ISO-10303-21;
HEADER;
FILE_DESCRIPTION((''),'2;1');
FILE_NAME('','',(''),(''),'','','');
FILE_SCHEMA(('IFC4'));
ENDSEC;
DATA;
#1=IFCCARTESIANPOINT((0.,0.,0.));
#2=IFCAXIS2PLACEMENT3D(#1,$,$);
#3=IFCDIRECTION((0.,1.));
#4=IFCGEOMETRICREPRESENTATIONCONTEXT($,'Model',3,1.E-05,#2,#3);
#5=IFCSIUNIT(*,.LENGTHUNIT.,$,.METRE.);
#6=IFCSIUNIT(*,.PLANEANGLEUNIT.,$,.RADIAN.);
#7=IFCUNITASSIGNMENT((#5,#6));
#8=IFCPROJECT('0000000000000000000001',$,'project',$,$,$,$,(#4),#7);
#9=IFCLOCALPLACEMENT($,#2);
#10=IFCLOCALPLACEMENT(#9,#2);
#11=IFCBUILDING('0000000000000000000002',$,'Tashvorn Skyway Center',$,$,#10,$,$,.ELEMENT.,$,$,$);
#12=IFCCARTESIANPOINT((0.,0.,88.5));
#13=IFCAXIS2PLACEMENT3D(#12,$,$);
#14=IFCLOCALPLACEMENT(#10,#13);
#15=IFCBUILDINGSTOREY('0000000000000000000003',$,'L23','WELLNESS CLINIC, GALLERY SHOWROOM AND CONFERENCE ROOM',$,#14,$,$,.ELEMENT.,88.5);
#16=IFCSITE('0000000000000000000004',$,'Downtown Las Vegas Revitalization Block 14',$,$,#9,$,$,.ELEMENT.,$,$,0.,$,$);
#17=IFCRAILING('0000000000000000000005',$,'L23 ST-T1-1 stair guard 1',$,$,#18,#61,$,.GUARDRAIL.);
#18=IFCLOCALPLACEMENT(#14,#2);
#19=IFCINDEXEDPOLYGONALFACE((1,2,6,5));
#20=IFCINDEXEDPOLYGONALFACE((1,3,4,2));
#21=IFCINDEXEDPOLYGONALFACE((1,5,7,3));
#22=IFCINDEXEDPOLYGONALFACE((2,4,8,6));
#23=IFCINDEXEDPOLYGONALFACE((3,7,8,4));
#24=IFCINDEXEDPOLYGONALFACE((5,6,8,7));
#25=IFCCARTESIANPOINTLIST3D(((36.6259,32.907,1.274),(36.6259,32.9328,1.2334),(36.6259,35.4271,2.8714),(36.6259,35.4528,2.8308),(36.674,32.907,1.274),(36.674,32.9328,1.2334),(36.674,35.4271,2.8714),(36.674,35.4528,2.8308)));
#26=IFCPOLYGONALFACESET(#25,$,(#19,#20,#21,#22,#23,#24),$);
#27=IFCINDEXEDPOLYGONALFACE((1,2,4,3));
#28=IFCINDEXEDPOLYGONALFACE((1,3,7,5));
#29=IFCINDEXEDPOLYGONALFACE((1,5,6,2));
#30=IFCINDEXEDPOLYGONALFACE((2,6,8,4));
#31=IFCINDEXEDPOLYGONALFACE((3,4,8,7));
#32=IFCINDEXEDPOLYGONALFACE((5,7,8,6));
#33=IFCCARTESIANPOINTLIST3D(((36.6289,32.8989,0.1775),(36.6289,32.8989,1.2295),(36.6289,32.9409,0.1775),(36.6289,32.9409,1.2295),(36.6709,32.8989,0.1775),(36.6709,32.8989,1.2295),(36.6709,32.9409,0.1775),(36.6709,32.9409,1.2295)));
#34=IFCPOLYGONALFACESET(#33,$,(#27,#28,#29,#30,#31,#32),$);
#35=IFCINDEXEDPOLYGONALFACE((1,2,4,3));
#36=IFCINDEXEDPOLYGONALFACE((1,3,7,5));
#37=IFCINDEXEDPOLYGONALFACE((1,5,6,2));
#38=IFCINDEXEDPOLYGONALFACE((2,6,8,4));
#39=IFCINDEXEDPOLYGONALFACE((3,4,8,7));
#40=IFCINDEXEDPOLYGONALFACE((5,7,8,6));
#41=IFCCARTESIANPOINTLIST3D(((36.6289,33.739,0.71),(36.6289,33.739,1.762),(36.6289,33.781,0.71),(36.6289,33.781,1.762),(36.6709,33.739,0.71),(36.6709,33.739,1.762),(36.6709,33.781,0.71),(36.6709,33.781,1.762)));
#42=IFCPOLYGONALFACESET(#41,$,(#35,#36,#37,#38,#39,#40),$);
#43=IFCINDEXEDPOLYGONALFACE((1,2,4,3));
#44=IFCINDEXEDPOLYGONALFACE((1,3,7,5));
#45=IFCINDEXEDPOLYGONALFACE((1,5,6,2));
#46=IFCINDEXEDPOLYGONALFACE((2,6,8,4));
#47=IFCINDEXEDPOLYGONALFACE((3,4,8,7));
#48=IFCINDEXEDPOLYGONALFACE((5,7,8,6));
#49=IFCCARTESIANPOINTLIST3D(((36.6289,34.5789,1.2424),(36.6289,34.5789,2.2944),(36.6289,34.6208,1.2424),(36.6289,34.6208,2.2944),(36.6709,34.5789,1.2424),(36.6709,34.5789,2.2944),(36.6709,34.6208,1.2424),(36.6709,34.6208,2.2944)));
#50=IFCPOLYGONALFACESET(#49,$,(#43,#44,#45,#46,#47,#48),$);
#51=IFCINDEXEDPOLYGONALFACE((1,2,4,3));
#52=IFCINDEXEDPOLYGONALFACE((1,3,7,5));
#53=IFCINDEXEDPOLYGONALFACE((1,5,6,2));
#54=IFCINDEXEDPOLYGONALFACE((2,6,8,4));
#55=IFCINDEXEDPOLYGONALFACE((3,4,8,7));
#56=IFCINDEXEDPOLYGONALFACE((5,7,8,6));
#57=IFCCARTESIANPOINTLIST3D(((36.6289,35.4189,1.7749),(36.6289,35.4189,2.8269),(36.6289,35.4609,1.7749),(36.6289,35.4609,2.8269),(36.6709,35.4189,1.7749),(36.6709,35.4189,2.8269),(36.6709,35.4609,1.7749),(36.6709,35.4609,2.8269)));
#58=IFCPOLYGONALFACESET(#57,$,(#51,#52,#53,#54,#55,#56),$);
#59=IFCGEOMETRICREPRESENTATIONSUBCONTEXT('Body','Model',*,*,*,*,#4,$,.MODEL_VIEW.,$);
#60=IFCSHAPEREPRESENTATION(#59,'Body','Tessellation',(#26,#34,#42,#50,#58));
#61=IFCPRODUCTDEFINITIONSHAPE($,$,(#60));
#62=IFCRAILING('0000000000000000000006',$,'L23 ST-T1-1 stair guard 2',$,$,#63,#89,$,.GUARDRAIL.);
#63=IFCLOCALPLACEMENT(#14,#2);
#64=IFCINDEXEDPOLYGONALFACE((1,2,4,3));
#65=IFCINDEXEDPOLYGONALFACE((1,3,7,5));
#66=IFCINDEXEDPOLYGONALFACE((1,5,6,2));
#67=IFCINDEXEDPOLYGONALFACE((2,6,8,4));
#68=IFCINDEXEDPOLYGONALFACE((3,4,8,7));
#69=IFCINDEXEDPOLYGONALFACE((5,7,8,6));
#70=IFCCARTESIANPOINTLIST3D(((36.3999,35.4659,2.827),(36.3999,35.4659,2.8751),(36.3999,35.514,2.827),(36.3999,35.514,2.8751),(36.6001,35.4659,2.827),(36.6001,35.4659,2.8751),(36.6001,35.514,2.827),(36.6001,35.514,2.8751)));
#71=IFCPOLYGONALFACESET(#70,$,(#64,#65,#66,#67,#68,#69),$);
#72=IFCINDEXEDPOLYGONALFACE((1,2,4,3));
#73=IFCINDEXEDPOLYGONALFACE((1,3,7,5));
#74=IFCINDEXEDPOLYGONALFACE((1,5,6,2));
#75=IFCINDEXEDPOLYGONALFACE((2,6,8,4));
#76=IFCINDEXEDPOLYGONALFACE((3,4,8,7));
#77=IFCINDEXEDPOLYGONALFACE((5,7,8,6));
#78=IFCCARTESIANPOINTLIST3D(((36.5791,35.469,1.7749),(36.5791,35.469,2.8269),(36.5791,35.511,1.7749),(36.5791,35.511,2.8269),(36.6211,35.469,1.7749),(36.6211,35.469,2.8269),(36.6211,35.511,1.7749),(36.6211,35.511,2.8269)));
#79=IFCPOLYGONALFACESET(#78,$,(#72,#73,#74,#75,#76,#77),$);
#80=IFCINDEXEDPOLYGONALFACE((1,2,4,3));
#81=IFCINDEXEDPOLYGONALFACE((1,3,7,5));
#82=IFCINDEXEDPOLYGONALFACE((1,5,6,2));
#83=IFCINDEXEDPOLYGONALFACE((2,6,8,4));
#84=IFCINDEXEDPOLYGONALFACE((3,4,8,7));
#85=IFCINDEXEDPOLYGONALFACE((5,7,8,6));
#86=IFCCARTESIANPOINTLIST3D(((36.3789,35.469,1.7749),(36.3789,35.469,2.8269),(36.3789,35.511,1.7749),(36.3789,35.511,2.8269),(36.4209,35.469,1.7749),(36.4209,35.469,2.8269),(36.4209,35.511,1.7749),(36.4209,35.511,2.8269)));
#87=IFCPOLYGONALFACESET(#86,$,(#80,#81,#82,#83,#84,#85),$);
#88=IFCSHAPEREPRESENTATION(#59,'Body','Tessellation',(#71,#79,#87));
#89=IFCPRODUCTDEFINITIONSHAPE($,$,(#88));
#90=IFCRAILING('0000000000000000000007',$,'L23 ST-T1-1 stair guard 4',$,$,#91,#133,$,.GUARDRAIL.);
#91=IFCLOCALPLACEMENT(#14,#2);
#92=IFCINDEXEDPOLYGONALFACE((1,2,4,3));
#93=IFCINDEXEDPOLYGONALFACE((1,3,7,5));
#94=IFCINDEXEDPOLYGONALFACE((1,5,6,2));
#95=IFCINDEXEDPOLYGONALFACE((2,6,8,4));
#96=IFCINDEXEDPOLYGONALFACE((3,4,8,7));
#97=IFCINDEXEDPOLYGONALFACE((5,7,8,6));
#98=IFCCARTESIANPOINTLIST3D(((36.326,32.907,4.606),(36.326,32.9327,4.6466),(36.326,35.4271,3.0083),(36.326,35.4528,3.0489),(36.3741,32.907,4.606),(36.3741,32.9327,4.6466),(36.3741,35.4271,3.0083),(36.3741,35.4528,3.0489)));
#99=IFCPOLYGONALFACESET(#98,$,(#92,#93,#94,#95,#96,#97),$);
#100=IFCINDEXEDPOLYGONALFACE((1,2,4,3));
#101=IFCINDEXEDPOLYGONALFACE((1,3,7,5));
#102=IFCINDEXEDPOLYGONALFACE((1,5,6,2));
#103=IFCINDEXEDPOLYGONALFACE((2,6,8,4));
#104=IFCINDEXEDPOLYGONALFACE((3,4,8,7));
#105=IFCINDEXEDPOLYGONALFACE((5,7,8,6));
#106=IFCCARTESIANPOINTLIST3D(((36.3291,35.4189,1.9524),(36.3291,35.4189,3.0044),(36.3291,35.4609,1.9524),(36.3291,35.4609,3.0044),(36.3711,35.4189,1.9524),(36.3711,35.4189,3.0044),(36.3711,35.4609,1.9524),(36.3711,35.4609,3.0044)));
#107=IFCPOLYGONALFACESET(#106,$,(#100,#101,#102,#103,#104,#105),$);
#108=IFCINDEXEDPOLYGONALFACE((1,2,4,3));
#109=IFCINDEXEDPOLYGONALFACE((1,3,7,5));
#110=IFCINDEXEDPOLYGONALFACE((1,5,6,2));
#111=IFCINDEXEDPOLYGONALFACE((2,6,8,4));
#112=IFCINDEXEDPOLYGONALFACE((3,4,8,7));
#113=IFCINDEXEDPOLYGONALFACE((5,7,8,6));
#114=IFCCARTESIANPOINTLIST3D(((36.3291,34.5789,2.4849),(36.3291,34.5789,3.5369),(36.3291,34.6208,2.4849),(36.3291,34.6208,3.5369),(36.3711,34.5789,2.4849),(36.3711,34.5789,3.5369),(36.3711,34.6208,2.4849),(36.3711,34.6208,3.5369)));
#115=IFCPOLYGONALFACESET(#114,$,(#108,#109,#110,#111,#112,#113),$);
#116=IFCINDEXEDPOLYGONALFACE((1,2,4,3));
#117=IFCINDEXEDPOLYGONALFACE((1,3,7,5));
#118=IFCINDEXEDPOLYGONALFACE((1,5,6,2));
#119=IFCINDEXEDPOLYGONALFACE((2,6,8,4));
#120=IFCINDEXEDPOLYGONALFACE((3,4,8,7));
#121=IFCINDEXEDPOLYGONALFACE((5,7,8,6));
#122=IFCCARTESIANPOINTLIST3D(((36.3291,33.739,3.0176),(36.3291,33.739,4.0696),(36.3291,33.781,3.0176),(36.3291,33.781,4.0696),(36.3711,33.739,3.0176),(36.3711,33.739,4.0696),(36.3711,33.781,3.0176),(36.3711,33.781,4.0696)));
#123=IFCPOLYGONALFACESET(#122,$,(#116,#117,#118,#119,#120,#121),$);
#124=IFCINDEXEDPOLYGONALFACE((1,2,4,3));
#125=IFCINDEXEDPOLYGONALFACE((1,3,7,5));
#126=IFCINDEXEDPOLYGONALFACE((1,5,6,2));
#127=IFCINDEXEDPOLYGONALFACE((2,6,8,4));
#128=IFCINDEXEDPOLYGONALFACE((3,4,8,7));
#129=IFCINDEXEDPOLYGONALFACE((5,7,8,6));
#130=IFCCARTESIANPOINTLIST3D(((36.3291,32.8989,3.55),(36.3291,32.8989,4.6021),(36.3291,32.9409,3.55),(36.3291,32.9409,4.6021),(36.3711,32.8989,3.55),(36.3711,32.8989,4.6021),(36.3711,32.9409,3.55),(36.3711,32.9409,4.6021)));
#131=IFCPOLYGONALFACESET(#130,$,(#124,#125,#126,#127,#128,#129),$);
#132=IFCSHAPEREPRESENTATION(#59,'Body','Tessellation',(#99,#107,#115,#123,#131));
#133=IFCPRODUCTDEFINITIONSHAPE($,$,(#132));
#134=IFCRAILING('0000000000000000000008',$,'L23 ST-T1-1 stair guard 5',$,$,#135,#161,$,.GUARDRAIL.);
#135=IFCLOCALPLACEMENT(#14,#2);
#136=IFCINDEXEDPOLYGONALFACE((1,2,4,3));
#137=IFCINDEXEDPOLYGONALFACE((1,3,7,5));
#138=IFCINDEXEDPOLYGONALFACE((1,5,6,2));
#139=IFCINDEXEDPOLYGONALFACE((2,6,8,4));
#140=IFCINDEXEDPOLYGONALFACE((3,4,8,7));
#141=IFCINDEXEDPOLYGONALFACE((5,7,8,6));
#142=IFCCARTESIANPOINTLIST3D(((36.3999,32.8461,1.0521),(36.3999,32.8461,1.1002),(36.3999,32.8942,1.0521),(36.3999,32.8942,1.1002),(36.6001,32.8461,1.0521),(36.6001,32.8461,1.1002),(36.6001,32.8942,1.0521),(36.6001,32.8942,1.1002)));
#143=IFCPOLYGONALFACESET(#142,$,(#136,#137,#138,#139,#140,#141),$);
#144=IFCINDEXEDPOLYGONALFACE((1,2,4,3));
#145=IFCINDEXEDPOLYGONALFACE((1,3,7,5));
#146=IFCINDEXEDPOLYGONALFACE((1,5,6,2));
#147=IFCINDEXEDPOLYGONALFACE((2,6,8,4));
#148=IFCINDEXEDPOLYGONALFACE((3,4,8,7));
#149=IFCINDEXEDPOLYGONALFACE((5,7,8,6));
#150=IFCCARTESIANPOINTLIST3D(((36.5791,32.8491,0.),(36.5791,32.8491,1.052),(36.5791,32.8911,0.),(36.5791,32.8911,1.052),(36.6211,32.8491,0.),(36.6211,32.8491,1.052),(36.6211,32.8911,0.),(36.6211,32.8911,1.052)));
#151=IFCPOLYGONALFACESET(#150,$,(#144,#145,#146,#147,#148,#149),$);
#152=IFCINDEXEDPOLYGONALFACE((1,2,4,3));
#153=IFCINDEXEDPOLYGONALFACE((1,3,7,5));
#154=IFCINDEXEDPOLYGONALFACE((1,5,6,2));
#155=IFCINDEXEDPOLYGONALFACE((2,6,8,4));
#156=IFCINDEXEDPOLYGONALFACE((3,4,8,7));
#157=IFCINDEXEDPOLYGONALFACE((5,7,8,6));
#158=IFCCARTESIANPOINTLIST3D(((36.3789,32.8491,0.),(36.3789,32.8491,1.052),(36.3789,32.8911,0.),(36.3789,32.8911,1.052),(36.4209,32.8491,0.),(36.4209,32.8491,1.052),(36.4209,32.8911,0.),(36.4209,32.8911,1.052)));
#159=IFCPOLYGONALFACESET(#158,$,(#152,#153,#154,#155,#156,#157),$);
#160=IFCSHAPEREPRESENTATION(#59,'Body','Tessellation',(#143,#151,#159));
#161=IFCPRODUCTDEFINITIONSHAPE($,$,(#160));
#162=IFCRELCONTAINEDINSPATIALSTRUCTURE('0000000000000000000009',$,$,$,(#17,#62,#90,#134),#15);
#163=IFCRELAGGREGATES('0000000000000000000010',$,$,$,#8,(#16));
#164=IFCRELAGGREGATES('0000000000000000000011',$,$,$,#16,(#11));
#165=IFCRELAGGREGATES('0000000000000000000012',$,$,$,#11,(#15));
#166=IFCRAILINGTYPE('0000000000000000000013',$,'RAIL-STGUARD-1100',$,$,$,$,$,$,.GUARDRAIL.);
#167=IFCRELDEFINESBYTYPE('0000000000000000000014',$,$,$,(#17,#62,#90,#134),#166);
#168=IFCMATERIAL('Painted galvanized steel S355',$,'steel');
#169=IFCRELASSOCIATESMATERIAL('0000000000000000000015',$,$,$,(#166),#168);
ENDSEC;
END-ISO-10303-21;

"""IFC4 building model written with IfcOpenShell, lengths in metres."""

from ifc_helpers import new_model, si_unit, direction, frame, origin, origin_2d, place, context, subcontext, project, spatial, rectangle, extrude, material, type_object, element, save


model = new_model("IFC4")

# Units and contexts
model_context = context("Model", 3, precision=1e-05, world=origin(), true_north=direction((0.0, 1.0)))
body_context = subcontext(model_context, "Body", "Model", "MODEL_VIEW")
ifc_project = project(units=[si_unit("LENGTHUNIT", "METRE"), si_unit("PLANEANGLEUNIT", "RADIAN")], contexts=[model_context])

# Site, building, storey
site_placement = place(None, origin())
site = spatial("IfcSite", under=ifc_project, at=site_placement, Name="Downtown Las Vegas Revitalization Block 14", CompositionType="ELEMENT", RefElevation=0.0)
building_placement = place(site_placement, origin())
building = spatial("IfcBuilding", under=site, at=building_placement, Name="Tashvorn Skyway Center", CompositionType="ELEMENT")
storey_placement = place(building_placement, frame((0.0, 0.0, 88.5)))
storey = spatial("IfcBuildingStorey", under=building, at=storey_placement, Name="L23", Description="WELLNESS CLINIC, GALLERY SHOWROOM AND CONFERENCE ROOM", CompositionType="ELEMENT", Elevation=88.5)

# Railings
ifc_material_1 = material(Name="Painted galvanized steel S355", Category="steel")
railing_type_1 = type_object("IfcRailingType", Name="RAIL-STGUARD-1100", PredefinedType="GUARDRAIL", material=ifc_material_1)
railing_1_placement = place(storey_placement, frame((36.6499, 32.9199, 0.1775)))
element("IfcRailing", 1, at=railing_1_placement, inside=storey, type_object=railing_type_1, Name="L23 ST-T1-1 stair guard 1", PredefinedType="GUARDRAIL", context=body_context, shape_type="SweptSolid", body=[
    extrude(rectangle(XDim=0.0481, YDim=0.0481, at=origin_2d()), frame((0.0, 0.0, 1.0762), z_axis=(0.0, 0.844607, 0.535387), x_axis=(-1.0, 0.0, 0.0)), (0.0, 0.0, 1.0), 2.9836),
    extrude(rectangle(XDim=0.042, YDim=0.042, at=origin_2d()), origin(), (0.0, 0.0, 1.0), 1.052),
    extrude(rectangle(XDim=0.042, YDim=0.042, at=origin_2d()), frame((0.0, 0.8401, 0.5325)), (0.0, 0.0, 1.0), 1.052),
    extrude(rectangle(XDim=0.042, YDim=0.042, at=origin_2d()), frame((0.0, 1.6799, 1.0649)), (0.0, 0.0, 1.0), 1.052),
    extrude(rectangle(XDim=0.042, YDim=0.042, at=origin_2d()), frame((0.0, 2.52, 1.5974)), (0.0, 0.0, 1.0), 1.052),
])
railing_2_placement = place(storey_placement, frame((36.6001, 35.49, 1.7749)))
element("IfcRailing", 2, at=railing_2_placement, inside=storey, type_object=railing_type_1, Name="L23 ST-T1-1 stair guard 2", PredefinedType="GUARDRAIL", context=body_context, shape_type="SweptSolid", body=[
    extrude(rectangle(XDim=0.0481, YDim=0.0481, at=origin_2d()), frame((0.0, 0.0, 1.0762), z_axis=(-1.0, 0.0, 0.0), x_axis=(0.0, -1.0, 0.0)), (0.0, 0.0, 1.0), 0.2002),
    extrude(rectangle(XDim=0.042, YDim=0.042, at=origin_2d()), origin(), (0.0, 0.0, 1.0), 1.052),
    extrude(rectangle(XDim=0.042, YDim=0.042, at=origin_2d()), frame((-0.2002, 0.0, 0.0)), (0.0, 0.0, 1.0), 1.052),
])
railing_3_placement = place(storey_placement, frame((36.3501, 35.4399, 1.9524)))
element("IfcRailing", 3, at=railing_3_placement, inside=storey, type_object=railing_type_1, Name="L23 ST-T1-1 stair guard 4", PredefinedType="GUARDRAIL", context=body_context, shape_type="SweptSolid", body=[
    extrude(rectangle(XDim=0.0481, YDim=0.0481, at=origin_2d()), frame((0.0, 0.0, 1.0762), z_axis=(0.0, -0.84457, 0.535445), x_axis=(1.0, 0.0, 0.0)), (0.0, 0.0, 1.0), 2.9839),
    extrude(rectangle(XDim=0.042, YDim=0.042, at=origin_2d()), origin(), (0.0, 0.0, 1.0), 1.052),
    extrude(rectangle(XDim=0.042, YDim=0.042, at=origin_2d()), frame((0.0, -0.8401, 0.5325)), (0.0, 0.0, 1.0), 1.052),
    extrude(rectangle(XDim=0.042, YDim=0.042, at=origin_2d()), frame((0.0, -1.6799, 1.0652)), (0.0, 0.0, 1.0), 1.052),
    extrude(rectangle(XDim=0.042, YDim=0.042, at=origin_2d()), frame((0.0, -2.52, 1.5977)), (0.0, 0.0, 1.0), 1.052),
])
railing_4_placement = place(storey_placement, frame((36.6001, 32.8701, 0.0)))
element("IfcRailing", 4, at=railing_4_placement, inside=storey, type_object=railing_type_1, Name="L23 ST-T1-1 stair guard 5", PredefinedType="GUARDRAIL", context=body_context, shape_type="SweptSolid", body=[
    extrude(rectangle(XDim=0.0481, YDim=0.0481, at=origin_2d()), frame((0.0, 0.0, 1.0762), z_axis=(-1.0, 0.0, 0.0), x_axis=(0.0, -1.0, 0.0)), (0.0, 0.0, 1.0), 0.2002),
    extrude(rectangle(XDim=0.042, YDim=0.042, at=origin_2d()), origin(), (0.0, 0.0, 1.0), 1.052),
    extrude(rectangle(XDim=0.042, YDim=0.042, at=origin_2d()), frame((-0.2002, 0.0, 0.0)), (0.0, 0.0, 1.0), 1.052),
])

save(model, "model.ifc")
